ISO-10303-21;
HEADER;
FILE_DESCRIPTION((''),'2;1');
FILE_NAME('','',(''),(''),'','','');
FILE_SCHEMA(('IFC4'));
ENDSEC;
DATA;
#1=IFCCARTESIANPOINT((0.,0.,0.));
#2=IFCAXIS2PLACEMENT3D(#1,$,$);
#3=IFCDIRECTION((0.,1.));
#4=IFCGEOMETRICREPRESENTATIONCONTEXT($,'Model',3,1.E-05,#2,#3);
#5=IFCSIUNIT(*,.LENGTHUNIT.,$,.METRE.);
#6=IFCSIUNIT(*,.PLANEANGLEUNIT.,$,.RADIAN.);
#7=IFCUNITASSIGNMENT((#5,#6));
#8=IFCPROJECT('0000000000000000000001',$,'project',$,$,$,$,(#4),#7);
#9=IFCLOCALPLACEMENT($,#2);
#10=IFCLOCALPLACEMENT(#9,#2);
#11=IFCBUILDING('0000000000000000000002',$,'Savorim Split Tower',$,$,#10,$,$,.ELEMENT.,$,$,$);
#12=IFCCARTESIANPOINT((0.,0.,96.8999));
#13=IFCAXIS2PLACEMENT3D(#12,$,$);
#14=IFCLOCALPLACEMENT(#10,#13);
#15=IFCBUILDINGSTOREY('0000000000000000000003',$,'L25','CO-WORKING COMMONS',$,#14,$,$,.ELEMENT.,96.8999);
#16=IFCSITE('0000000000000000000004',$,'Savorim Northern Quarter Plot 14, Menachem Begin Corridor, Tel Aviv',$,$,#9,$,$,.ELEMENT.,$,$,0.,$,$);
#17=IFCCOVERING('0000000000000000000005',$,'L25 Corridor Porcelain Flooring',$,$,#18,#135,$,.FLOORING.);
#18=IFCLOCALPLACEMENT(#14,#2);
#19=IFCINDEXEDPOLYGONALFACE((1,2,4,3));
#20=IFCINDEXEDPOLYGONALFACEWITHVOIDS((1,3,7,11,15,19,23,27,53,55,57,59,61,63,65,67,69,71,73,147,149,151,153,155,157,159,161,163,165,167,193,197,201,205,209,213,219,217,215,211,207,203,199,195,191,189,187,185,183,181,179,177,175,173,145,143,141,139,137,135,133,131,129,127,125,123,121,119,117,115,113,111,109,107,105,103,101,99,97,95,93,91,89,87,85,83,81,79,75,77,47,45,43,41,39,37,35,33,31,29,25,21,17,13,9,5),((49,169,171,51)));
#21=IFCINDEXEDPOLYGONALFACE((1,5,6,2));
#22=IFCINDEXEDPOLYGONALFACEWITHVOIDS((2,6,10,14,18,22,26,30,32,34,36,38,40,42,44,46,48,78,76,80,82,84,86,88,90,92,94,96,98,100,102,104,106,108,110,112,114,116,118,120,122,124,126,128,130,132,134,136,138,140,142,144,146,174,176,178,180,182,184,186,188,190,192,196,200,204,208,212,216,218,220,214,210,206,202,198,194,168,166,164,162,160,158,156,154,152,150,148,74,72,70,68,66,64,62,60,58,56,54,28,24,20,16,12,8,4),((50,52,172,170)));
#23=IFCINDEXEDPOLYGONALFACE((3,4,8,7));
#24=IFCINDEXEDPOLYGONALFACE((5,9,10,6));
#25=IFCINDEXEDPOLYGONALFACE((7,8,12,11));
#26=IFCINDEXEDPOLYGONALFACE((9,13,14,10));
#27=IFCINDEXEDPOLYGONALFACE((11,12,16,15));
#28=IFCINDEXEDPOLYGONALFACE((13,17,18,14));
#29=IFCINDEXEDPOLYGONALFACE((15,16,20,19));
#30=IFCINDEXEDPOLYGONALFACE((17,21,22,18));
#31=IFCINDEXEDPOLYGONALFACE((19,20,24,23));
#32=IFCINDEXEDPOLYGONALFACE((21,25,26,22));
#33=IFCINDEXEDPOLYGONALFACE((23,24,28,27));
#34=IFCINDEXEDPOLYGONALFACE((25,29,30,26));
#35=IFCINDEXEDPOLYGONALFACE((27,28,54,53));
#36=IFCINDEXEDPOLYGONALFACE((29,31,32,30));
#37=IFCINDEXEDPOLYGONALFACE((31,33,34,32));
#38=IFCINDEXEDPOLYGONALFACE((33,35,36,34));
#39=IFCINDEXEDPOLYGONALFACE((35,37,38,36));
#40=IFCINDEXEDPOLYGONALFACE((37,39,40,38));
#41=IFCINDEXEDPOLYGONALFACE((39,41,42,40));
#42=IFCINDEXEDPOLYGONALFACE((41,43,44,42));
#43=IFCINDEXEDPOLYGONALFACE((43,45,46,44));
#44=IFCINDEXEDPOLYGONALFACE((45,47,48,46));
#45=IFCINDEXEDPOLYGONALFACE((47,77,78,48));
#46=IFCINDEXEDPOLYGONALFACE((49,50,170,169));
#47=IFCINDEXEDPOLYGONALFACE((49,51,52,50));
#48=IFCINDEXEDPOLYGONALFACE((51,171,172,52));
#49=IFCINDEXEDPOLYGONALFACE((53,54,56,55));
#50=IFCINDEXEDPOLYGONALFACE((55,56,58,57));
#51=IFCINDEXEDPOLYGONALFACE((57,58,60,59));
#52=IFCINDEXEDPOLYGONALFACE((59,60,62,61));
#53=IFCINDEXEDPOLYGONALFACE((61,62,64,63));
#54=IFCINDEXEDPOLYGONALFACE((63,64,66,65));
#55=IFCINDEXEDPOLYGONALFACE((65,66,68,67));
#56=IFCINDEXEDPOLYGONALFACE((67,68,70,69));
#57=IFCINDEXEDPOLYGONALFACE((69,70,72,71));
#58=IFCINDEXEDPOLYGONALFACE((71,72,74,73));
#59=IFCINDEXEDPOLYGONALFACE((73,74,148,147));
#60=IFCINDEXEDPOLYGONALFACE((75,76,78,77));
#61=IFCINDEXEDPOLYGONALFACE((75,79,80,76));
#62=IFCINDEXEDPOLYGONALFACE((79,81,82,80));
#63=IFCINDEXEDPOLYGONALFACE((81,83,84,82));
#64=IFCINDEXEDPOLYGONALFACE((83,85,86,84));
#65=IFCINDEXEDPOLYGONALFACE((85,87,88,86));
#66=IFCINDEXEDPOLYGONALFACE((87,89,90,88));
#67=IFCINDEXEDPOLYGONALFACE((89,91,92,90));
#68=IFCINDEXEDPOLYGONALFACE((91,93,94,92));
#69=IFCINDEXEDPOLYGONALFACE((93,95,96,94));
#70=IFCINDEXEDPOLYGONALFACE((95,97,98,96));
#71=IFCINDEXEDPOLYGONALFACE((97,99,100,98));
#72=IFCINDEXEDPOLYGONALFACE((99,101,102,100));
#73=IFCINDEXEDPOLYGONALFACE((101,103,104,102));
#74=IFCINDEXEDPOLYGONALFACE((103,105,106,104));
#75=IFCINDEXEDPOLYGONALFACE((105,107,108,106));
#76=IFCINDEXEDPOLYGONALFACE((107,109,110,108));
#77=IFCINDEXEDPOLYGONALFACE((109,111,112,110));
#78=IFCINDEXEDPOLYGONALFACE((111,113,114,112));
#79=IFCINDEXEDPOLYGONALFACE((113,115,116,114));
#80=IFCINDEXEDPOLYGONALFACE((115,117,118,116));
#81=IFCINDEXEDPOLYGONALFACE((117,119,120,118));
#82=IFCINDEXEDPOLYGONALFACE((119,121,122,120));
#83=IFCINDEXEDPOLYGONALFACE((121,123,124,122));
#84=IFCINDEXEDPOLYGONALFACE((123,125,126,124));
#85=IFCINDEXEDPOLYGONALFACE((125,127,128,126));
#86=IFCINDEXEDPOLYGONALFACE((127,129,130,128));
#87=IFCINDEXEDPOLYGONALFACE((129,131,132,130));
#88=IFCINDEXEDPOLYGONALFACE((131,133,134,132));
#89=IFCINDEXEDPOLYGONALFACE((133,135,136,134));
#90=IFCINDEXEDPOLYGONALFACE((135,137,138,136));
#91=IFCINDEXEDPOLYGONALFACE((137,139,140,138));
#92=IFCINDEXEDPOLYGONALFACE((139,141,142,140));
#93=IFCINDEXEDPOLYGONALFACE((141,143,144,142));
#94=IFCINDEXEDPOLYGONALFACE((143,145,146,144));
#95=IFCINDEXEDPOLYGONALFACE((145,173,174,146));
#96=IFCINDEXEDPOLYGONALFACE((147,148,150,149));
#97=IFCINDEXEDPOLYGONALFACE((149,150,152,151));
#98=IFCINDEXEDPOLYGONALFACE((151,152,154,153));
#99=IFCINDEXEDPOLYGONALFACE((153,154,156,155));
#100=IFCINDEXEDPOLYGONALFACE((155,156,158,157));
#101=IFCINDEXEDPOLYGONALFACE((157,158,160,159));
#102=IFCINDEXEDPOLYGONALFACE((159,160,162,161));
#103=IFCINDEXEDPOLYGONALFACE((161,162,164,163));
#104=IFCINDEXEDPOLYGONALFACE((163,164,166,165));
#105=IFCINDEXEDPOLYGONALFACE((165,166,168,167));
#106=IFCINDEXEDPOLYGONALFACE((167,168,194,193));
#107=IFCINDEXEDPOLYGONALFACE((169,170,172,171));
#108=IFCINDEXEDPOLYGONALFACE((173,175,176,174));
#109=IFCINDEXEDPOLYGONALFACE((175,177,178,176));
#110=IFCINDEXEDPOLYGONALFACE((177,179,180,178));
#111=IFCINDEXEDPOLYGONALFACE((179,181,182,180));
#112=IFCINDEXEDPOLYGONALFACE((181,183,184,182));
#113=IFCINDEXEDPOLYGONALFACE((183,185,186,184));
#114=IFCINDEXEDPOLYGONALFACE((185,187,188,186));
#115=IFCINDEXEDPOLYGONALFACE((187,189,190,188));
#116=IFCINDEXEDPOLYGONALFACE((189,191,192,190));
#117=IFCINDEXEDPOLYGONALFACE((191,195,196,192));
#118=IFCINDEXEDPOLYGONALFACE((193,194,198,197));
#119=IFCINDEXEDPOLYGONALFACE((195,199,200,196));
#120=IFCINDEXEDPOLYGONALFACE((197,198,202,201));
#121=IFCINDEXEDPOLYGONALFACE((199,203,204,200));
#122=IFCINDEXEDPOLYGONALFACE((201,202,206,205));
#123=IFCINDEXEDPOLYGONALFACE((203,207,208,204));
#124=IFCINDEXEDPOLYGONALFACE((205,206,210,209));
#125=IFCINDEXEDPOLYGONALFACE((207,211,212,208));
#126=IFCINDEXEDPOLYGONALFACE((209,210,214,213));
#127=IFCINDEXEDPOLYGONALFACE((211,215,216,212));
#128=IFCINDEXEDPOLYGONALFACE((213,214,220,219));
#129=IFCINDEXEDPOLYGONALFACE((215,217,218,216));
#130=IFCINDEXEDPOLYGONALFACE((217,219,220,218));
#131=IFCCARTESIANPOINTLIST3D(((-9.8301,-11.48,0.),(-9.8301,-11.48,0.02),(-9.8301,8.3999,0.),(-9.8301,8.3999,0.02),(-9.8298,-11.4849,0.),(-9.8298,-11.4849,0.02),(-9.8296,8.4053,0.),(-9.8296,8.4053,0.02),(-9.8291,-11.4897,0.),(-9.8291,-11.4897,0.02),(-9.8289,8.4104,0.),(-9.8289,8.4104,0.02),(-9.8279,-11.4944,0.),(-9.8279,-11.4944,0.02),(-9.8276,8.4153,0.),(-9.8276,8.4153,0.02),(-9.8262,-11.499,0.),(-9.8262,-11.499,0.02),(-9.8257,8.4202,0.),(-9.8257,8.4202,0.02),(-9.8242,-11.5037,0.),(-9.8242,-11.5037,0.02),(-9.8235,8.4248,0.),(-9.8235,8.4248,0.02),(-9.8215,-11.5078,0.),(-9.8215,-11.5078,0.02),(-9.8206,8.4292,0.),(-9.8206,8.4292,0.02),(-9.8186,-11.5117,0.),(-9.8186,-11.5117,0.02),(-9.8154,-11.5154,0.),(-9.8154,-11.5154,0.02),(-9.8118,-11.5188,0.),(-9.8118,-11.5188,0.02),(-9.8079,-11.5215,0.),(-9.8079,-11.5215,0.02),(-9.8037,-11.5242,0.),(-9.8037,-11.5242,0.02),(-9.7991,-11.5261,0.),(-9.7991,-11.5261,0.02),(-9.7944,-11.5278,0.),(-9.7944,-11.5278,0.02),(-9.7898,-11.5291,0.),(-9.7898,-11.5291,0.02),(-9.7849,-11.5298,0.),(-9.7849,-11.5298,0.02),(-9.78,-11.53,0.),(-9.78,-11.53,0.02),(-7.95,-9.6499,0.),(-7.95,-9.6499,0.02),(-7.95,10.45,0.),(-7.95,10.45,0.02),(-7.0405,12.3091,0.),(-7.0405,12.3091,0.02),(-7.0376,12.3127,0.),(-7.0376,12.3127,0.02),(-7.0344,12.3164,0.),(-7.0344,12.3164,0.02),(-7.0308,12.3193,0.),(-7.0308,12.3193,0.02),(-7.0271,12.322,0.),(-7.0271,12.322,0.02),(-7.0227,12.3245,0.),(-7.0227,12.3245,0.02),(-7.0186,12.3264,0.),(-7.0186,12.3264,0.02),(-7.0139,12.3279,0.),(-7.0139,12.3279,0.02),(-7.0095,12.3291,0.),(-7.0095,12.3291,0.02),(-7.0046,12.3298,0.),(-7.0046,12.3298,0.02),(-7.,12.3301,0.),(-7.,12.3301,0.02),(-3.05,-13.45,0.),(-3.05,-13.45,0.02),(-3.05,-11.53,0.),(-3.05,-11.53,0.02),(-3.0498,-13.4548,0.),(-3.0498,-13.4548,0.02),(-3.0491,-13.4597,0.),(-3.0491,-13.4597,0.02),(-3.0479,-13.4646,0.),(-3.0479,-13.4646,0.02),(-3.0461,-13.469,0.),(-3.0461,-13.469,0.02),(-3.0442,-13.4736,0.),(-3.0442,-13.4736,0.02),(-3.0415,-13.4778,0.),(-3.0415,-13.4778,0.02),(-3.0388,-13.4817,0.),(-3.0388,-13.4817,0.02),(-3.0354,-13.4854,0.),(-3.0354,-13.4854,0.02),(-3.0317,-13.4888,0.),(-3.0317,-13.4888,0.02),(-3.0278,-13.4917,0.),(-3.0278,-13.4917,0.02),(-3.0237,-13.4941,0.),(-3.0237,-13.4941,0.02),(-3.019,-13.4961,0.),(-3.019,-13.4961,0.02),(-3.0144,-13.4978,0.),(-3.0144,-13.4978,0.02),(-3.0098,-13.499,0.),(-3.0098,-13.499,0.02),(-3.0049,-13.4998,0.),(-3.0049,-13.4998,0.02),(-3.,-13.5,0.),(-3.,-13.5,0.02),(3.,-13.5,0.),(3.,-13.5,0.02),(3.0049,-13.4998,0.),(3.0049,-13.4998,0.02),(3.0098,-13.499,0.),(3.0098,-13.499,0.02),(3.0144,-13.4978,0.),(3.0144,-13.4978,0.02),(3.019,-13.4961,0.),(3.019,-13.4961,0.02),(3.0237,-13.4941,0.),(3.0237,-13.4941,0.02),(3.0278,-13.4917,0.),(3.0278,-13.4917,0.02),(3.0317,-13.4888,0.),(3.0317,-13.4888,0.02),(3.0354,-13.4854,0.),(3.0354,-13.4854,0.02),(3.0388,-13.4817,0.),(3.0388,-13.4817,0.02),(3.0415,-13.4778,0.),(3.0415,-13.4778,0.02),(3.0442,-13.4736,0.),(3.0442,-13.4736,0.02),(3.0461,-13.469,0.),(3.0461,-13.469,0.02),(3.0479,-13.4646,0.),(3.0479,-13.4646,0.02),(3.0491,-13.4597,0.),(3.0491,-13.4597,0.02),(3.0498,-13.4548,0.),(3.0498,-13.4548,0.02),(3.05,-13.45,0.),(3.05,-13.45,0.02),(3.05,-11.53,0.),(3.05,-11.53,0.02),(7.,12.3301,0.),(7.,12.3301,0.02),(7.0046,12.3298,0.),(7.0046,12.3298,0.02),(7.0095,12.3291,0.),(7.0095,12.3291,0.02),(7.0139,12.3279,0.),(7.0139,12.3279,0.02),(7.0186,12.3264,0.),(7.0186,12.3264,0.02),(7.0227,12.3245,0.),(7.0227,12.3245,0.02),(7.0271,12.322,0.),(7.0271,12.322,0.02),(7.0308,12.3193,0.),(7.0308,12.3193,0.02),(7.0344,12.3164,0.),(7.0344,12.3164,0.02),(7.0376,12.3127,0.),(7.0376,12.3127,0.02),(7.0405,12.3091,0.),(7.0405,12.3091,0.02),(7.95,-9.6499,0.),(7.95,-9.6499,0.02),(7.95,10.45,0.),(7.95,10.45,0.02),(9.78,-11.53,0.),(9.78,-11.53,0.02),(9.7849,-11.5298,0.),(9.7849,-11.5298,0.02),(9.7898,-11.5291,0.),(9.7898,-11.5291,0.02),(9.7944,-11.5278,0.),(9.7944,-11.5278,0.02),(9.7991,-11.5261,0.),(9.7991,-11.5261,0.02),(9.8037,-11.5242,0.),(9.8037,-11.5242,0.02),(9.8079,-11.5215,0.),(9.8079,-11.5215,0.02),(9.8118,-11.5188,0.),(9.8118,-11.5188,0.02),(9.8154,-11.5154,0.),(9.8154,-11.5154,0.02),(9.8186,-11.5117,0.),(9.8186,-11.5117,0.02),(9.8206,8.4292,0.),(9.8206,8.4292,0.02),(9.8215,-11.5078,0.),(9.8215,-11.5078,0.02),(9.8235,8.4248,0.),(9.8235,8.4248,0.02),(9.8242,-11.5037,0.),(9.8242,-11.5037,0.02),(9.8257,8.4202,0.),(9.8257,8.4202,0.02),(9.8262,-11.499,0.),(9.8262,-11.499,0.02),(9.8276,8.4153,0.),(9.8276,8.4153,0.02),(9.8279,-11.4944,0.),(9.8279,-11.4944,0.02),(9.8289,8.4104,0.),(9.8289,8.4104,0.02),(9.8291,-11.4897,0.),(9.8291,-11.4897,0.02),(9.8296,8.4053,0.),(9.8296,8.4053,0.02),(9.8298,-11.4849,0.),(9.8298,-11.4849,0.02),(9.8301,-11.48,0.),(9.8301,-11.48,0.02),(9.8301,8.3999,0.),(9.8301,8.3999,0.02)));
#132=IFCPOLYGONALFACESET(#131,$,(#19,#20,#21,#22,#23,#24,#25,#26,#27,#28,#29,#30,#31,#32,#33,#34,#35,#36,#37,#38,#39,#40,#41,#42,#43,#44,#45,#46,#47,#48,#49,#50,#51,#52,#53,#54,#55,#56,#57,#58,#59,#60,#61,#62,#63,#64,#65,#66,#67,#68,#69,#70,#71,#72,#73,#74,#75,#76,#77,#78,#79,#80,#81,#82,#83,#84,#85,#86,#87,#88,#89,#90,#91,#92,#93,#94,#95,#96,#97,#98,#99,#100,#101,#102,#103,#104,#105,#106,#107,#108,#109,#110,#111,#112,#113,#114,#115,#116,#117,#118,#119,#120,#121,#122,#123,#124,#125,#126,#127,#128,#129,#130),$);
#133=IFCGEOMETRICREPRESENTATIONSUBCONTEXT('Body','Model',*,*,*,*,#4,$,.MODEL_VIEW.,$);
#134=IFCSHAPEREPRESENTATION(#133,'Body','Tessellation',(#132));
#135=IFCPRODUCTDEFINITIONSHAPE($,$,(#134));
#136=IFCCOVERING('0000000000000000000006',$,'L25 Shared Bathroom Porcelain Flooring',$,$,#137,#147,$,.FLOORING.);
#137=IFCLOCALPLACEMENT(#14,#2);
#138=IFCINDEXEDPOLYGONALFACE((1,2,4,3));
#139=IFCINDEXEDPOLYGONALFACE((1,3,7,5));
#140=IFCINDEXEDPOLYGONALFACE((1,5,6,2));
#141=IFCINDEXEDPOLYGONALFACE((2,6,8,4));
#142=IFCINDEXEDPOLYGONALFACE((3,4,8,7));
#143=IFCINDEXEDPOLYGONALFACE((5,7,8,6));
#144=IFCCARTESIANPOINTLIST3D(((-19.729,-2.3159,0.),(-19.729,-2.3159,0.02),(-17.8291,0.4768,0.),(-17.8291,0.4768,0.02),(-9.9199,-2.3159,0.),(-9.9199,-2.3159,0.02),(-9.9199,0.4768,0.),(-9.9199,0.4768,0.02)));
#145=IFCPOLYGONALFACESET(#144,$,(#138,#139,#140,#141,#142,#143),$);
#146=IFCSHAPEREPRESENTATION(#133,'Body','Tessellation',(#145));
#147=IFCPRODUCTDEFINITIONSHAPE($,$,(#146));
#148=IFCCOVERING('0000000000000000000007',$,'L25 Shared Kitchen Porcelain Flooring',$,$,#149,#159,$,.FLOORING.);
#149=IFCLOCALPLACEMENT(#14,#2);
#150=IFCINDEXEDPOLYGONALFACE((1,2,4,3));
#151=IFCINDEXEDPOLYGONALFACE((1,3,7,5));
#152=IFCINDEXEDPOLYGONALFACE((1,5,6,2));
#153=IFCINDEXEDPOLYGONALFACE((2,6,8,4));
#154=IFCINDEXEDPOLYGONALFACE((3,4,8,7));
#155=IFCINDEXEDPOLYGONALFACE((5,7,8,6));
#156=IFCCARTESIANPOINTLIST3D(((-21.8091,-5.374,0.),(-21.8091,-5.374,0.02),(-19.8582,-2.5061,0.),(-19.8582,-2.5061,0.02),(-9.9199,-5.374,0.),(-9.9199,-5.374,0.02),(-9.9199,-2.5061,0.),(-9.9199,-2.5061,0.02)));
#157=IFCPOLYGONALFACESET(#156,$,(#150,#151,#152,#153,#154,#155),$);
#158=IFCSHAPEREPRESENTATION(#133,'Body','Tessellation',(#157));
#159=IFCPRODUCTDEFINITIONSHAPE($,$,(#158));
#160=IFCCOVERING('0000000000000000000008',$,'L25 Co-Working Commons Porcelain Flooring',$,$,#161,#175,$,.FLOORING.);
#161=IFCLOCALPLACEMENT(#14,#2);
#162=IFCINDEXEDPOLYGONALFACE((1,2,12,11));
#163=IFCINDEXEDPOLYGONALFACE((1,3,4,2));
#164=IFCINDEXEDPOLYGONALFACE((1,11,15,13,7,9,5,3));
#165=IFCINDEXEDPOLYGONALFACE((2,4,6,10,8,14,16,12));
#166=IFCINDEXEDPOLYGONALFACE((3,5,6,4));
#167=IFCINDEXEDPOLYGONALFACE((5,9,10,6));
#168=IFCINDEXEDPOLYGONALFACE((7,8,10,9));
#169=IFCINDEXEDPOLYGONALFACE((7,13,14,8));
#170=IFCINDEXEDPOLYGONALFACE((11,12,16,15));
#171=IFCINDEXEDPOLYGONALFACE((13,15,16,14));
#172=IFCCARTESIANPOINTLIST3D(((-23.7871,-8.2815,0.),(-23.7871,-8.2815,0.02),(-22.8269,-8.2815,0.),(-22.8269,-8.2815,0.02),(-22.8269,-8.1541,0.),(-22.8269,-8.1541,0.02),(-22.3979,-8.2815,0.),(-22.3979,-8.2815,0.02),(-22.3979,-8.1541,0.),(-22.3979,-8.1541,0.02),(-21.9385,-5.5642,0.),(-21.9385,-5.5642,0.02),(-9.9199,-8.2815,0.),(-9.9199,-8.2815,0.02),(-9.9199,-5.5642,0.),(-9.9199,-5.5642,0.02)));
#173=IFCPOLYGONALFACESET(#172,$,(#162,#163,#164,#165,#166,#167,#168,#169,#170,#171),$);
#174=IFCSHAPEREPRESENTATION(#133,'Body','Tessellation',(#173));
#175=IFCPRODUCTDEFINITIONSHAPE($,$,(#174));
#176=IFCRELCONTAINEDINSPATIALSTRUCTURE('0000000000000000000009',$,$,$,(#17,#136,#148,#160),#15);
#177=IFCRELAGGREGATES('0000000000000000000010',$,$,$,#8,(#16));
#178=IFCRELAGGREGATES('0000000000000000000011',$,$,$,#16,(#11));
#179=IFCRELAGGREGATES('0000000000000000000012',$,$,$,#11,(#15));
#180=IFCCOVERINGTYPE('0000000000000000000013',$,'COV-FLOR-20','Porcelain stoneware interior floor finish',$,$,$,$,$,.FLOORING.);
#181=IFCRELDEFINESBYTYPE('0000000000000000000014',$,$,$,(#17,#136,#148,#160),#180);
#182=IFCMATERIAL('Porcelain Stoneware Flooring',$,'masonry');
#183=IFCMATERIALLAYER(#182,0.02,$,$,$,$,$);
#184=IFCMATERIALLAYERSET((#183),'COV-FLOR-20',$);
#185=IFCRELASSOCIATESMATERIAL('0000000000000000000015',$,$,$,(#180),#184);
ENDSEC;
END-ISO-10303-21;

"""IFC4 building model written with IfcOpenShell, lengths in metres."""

from ifc_helpers import new_model, si_unit, direction, frame, origin, place, context, subcontext, project, spatial, polyline, outline, extrude, material, layer, layer_set, type_object, element, save


model = new_model("IFC4")

# Units and contexts
model_context = context("Model", 3, precision=1e-05, world=origin(), true_north=direction((0.0, 1.0)))
body_context = subcontext(model_context, "Body", "Model", "MODEL_VIEW")
ifc_project = project(units=[si_unit("LENGTHUNIT", "METRE"), si_unit("PLANEANGLEUNIT", "RADIAN")], contexts=[model_context])

# Site, building, storey
site_placement = place(None, origin())
site = spatial("IfcSite", under=ifc_project, at=site_placement, Name="Savorim Northern Quarter Plot 14, Menachem Begin Corridor, Tel Aviv", CompositionType="ELEMENT", RefElevation=0.0)
building_placement = place(site_placement, origin())
building = spatial("IfcBuilding", under=site, at=building_placement, Name="Savorim Split Tower", CompositionType="ELEMENT")
storey_placement = place(building_placement, frame((0.0, 0.0, 96.8999)))
storey = spatial("IfcBuildingStorey", under=building, at=storey_placement, Name="L25", Description="CO-WORKING COMMONS", CompositionType="ELEMENT", Elevation=96.8999)

# Coverings
ifc_material_1 = material(Name="Porcelain Stoneware Flooring", Category="masonry")
ifc_layer_1 = layer(ifc_material_1, 0.02)
ifc_layer_set_1 = layer_set([ifc_layer_1], Name="COV-FLOR-20")
covering_type_1 = type_object("IfcCoveringType", Name="COV-FLOR-20", Description="Porcelain stoneware interior floor finish", PredefinedType="FLOORING", material=ifc_layer_set_1)
covering_1_placement = place(storey_placement, origin())
element("IfcCovering", 1, at=covering_1_placement, inside=storey, type_object=covering_type_1, Name="L25 Corridor Porcelain Flooring", PredefinedType="FLOORING", context=body_context, shape_type="SweptSolid", body=[
    extrude(outline(polyline([(7.0095, 12.3291), (7.0046, 12.3298), (7.0, 12.3301), (-7.0, 12.3301), (-7.0046, 12.3298), (-7.0095, 12.3291), (-7.0139, 12.3279), (-7.0186, 12.3264), (-7.0227, 12.3245), (-7.0271, 12.322), (-7.0308, 12.3193), (-7.0344, 12.3164), (-7.0376, 12.3127), (-7.0405, 12.3091), (-9.8206, 8.4292), (-9.8235, 8.4248), (-9.8257, 8.4202), (-9.8276, 8.4153), (-9.8289, 8.4104), (-9.8296, 8.4053), (-9.8301, 8.3999), (-9.8301, -11.48), (-9.8298, -11.4849), (-9.8291, -11.4897), (-9.8279, -11.4944), (-9.8262, -11.499), (-9.8242, -11.5037), (-9.8215, -11.5078), (-9.8186, -11.5117), (-9.8154, -11.5154), (-9.8118, -11.5188), (-9.8079, -11.5215), (-9.8037, -11.5242), (-9.7991, -11.5261), (-9.7944, -11.5278), (-9.7898, -11.5291), (-9.7849, -11.5298), (-9.78, -11.53), (-3.05, -11.53), (-3.05, -13.45), (-3.0498, -13.4548), (-3.0491, -13.4597), (-3.0479, -13.4646), (-3.0461, -13.469), (-3.0442, -13.4736), (-3.0415, -13.4778), (-3.0388, -13.4817), (-3.0354, -13.4854), (-3.0317, -13.4888), (-3.0278, -13.4917), (-3.0237, -13.4941), (-3.019, -13.4961), (-3.0144, -13.4978), (-3.0098, -13.499), (-3.0049, -13.4998), (-3.0, -13.5), (3.0, -13.5), (3.0049, -13.4998), (3.0098, -13.499), (3.0144, -13.4978), (3.019, -13.4961), (3.0237, -13.4941), (3.0278, -13.4917), (3.0317, -13.4888), (3.0354, -13.4854), (3.0388, -13.4817), (3.0415, -13.4778), (3.0442, -13.4736), (3.0461, -13.469), (3.0479, -13.4646), (3.0491, -13.4597), (3.0498, -13.4548), (3.05, -13.45), (3.05, -11.53), (9.78, -11.53), (9.7849, -11.5298), (9.7898, -11.5291), (9.7944, -11.5278), (9.7991, -11.5261), (9.8037, -11.5242), (9.8079, -11.5215), (9.8118, -11.5188), (9.8154, -11.5154), (9.8186, -11.5117), (9.8215, -11.5078), (9.8242, -11.5037), (9.8262, -11.499), (9.8279, -11.4944), (9.8291, -11.4897), (9.8298, -11.4849), (9.8301, -11.48), (9.8301, 8.3999), (9.8296, 8.4053), (9.8289, 8.4104), (9.8276, 8.4153), (9.8257, 8.4202), (9.8235, 8.4248), (9.8206, 8.4292), (7.0405, 12.3091), (7.0376, 12.3127), (7.0344, 12.3164), (7.0308, 12.3193), (7.0271, 12.322), (7.0227, 12.3245), (7.0186, 12.3264), (7.0139, 12.3279), (7.0095, 12.3291)]), holes=[polyline([(-7.95, 10.45), (-7.95, -9.6499), (7.95, -9.6499), (7.95, 10.45), (-7.95, 10.45)])]), origin(), (0.0, 0.0, 1.0), 0.02),
])
covering_2_placement = place(storey_placement, origin())
element("IfcCovering", 2, at=covering_2_placement, inside=storey, type_object=covering_type_1, Name="L25 Shared Bathroom Porcelain Flooring", PredefinedType="FLOORING", context=body_context, shape_type="SweptSolid", body=[
    extrude(outline(polyline([(-17.8291, 0.4768), (-19.729, -2.3159), (-9.9199, -2.3159), (-9.9199, 0.4768), (-17.8291, 0.4768)])), origin(), (0.0, 0.0, 1.0), 0.02),
])
covering_3_placement = place(storey_placement, origin())
element("IfcCovering", 3, at=covering_3_placement, inside=storey, type_object=covering_type_1, Name="L25 Shared Kitchen Porcelain Flooring", PredefinedType="FLOORING", context=body_context, shape_type="SweptSolid", body=[
    extrude(outline(polyline([(-19.8582, -2.5061), (-21.8091, -5.374), (-9.9199, -5.374), (-9.9199, -2.5061), (-19.8582, -2.5061)])), origin(), (0.0, 0.0, 1.0), 0.02),
])
covering_4_placement = place(storey_placement, origin())
element("IfcCovering", 4, at=covering_4_placement, inside=storey, type_object=covering_type_1, Name="L25 Co-Working Commons Porcelain Flooring", PredefinedType="FLOORING", context=body_context, shape_type="SweptSolid", body=[
    extrude(outline(polyline([(-22.3979, -8.1541), (-22.3979, -8.2815), (-9.9199, -8.2815), (-9.9199, -5.5642), (-21.9385, -5.5642), (-23.7871, -8.2815), (-22.8269, -8.2815), (-22.8269, -8.1541), (-22.3979, -8.1541)])), origin(), (0.0, 0.0, 1.0), 0.02),
])

save(model, "model.ifc")
